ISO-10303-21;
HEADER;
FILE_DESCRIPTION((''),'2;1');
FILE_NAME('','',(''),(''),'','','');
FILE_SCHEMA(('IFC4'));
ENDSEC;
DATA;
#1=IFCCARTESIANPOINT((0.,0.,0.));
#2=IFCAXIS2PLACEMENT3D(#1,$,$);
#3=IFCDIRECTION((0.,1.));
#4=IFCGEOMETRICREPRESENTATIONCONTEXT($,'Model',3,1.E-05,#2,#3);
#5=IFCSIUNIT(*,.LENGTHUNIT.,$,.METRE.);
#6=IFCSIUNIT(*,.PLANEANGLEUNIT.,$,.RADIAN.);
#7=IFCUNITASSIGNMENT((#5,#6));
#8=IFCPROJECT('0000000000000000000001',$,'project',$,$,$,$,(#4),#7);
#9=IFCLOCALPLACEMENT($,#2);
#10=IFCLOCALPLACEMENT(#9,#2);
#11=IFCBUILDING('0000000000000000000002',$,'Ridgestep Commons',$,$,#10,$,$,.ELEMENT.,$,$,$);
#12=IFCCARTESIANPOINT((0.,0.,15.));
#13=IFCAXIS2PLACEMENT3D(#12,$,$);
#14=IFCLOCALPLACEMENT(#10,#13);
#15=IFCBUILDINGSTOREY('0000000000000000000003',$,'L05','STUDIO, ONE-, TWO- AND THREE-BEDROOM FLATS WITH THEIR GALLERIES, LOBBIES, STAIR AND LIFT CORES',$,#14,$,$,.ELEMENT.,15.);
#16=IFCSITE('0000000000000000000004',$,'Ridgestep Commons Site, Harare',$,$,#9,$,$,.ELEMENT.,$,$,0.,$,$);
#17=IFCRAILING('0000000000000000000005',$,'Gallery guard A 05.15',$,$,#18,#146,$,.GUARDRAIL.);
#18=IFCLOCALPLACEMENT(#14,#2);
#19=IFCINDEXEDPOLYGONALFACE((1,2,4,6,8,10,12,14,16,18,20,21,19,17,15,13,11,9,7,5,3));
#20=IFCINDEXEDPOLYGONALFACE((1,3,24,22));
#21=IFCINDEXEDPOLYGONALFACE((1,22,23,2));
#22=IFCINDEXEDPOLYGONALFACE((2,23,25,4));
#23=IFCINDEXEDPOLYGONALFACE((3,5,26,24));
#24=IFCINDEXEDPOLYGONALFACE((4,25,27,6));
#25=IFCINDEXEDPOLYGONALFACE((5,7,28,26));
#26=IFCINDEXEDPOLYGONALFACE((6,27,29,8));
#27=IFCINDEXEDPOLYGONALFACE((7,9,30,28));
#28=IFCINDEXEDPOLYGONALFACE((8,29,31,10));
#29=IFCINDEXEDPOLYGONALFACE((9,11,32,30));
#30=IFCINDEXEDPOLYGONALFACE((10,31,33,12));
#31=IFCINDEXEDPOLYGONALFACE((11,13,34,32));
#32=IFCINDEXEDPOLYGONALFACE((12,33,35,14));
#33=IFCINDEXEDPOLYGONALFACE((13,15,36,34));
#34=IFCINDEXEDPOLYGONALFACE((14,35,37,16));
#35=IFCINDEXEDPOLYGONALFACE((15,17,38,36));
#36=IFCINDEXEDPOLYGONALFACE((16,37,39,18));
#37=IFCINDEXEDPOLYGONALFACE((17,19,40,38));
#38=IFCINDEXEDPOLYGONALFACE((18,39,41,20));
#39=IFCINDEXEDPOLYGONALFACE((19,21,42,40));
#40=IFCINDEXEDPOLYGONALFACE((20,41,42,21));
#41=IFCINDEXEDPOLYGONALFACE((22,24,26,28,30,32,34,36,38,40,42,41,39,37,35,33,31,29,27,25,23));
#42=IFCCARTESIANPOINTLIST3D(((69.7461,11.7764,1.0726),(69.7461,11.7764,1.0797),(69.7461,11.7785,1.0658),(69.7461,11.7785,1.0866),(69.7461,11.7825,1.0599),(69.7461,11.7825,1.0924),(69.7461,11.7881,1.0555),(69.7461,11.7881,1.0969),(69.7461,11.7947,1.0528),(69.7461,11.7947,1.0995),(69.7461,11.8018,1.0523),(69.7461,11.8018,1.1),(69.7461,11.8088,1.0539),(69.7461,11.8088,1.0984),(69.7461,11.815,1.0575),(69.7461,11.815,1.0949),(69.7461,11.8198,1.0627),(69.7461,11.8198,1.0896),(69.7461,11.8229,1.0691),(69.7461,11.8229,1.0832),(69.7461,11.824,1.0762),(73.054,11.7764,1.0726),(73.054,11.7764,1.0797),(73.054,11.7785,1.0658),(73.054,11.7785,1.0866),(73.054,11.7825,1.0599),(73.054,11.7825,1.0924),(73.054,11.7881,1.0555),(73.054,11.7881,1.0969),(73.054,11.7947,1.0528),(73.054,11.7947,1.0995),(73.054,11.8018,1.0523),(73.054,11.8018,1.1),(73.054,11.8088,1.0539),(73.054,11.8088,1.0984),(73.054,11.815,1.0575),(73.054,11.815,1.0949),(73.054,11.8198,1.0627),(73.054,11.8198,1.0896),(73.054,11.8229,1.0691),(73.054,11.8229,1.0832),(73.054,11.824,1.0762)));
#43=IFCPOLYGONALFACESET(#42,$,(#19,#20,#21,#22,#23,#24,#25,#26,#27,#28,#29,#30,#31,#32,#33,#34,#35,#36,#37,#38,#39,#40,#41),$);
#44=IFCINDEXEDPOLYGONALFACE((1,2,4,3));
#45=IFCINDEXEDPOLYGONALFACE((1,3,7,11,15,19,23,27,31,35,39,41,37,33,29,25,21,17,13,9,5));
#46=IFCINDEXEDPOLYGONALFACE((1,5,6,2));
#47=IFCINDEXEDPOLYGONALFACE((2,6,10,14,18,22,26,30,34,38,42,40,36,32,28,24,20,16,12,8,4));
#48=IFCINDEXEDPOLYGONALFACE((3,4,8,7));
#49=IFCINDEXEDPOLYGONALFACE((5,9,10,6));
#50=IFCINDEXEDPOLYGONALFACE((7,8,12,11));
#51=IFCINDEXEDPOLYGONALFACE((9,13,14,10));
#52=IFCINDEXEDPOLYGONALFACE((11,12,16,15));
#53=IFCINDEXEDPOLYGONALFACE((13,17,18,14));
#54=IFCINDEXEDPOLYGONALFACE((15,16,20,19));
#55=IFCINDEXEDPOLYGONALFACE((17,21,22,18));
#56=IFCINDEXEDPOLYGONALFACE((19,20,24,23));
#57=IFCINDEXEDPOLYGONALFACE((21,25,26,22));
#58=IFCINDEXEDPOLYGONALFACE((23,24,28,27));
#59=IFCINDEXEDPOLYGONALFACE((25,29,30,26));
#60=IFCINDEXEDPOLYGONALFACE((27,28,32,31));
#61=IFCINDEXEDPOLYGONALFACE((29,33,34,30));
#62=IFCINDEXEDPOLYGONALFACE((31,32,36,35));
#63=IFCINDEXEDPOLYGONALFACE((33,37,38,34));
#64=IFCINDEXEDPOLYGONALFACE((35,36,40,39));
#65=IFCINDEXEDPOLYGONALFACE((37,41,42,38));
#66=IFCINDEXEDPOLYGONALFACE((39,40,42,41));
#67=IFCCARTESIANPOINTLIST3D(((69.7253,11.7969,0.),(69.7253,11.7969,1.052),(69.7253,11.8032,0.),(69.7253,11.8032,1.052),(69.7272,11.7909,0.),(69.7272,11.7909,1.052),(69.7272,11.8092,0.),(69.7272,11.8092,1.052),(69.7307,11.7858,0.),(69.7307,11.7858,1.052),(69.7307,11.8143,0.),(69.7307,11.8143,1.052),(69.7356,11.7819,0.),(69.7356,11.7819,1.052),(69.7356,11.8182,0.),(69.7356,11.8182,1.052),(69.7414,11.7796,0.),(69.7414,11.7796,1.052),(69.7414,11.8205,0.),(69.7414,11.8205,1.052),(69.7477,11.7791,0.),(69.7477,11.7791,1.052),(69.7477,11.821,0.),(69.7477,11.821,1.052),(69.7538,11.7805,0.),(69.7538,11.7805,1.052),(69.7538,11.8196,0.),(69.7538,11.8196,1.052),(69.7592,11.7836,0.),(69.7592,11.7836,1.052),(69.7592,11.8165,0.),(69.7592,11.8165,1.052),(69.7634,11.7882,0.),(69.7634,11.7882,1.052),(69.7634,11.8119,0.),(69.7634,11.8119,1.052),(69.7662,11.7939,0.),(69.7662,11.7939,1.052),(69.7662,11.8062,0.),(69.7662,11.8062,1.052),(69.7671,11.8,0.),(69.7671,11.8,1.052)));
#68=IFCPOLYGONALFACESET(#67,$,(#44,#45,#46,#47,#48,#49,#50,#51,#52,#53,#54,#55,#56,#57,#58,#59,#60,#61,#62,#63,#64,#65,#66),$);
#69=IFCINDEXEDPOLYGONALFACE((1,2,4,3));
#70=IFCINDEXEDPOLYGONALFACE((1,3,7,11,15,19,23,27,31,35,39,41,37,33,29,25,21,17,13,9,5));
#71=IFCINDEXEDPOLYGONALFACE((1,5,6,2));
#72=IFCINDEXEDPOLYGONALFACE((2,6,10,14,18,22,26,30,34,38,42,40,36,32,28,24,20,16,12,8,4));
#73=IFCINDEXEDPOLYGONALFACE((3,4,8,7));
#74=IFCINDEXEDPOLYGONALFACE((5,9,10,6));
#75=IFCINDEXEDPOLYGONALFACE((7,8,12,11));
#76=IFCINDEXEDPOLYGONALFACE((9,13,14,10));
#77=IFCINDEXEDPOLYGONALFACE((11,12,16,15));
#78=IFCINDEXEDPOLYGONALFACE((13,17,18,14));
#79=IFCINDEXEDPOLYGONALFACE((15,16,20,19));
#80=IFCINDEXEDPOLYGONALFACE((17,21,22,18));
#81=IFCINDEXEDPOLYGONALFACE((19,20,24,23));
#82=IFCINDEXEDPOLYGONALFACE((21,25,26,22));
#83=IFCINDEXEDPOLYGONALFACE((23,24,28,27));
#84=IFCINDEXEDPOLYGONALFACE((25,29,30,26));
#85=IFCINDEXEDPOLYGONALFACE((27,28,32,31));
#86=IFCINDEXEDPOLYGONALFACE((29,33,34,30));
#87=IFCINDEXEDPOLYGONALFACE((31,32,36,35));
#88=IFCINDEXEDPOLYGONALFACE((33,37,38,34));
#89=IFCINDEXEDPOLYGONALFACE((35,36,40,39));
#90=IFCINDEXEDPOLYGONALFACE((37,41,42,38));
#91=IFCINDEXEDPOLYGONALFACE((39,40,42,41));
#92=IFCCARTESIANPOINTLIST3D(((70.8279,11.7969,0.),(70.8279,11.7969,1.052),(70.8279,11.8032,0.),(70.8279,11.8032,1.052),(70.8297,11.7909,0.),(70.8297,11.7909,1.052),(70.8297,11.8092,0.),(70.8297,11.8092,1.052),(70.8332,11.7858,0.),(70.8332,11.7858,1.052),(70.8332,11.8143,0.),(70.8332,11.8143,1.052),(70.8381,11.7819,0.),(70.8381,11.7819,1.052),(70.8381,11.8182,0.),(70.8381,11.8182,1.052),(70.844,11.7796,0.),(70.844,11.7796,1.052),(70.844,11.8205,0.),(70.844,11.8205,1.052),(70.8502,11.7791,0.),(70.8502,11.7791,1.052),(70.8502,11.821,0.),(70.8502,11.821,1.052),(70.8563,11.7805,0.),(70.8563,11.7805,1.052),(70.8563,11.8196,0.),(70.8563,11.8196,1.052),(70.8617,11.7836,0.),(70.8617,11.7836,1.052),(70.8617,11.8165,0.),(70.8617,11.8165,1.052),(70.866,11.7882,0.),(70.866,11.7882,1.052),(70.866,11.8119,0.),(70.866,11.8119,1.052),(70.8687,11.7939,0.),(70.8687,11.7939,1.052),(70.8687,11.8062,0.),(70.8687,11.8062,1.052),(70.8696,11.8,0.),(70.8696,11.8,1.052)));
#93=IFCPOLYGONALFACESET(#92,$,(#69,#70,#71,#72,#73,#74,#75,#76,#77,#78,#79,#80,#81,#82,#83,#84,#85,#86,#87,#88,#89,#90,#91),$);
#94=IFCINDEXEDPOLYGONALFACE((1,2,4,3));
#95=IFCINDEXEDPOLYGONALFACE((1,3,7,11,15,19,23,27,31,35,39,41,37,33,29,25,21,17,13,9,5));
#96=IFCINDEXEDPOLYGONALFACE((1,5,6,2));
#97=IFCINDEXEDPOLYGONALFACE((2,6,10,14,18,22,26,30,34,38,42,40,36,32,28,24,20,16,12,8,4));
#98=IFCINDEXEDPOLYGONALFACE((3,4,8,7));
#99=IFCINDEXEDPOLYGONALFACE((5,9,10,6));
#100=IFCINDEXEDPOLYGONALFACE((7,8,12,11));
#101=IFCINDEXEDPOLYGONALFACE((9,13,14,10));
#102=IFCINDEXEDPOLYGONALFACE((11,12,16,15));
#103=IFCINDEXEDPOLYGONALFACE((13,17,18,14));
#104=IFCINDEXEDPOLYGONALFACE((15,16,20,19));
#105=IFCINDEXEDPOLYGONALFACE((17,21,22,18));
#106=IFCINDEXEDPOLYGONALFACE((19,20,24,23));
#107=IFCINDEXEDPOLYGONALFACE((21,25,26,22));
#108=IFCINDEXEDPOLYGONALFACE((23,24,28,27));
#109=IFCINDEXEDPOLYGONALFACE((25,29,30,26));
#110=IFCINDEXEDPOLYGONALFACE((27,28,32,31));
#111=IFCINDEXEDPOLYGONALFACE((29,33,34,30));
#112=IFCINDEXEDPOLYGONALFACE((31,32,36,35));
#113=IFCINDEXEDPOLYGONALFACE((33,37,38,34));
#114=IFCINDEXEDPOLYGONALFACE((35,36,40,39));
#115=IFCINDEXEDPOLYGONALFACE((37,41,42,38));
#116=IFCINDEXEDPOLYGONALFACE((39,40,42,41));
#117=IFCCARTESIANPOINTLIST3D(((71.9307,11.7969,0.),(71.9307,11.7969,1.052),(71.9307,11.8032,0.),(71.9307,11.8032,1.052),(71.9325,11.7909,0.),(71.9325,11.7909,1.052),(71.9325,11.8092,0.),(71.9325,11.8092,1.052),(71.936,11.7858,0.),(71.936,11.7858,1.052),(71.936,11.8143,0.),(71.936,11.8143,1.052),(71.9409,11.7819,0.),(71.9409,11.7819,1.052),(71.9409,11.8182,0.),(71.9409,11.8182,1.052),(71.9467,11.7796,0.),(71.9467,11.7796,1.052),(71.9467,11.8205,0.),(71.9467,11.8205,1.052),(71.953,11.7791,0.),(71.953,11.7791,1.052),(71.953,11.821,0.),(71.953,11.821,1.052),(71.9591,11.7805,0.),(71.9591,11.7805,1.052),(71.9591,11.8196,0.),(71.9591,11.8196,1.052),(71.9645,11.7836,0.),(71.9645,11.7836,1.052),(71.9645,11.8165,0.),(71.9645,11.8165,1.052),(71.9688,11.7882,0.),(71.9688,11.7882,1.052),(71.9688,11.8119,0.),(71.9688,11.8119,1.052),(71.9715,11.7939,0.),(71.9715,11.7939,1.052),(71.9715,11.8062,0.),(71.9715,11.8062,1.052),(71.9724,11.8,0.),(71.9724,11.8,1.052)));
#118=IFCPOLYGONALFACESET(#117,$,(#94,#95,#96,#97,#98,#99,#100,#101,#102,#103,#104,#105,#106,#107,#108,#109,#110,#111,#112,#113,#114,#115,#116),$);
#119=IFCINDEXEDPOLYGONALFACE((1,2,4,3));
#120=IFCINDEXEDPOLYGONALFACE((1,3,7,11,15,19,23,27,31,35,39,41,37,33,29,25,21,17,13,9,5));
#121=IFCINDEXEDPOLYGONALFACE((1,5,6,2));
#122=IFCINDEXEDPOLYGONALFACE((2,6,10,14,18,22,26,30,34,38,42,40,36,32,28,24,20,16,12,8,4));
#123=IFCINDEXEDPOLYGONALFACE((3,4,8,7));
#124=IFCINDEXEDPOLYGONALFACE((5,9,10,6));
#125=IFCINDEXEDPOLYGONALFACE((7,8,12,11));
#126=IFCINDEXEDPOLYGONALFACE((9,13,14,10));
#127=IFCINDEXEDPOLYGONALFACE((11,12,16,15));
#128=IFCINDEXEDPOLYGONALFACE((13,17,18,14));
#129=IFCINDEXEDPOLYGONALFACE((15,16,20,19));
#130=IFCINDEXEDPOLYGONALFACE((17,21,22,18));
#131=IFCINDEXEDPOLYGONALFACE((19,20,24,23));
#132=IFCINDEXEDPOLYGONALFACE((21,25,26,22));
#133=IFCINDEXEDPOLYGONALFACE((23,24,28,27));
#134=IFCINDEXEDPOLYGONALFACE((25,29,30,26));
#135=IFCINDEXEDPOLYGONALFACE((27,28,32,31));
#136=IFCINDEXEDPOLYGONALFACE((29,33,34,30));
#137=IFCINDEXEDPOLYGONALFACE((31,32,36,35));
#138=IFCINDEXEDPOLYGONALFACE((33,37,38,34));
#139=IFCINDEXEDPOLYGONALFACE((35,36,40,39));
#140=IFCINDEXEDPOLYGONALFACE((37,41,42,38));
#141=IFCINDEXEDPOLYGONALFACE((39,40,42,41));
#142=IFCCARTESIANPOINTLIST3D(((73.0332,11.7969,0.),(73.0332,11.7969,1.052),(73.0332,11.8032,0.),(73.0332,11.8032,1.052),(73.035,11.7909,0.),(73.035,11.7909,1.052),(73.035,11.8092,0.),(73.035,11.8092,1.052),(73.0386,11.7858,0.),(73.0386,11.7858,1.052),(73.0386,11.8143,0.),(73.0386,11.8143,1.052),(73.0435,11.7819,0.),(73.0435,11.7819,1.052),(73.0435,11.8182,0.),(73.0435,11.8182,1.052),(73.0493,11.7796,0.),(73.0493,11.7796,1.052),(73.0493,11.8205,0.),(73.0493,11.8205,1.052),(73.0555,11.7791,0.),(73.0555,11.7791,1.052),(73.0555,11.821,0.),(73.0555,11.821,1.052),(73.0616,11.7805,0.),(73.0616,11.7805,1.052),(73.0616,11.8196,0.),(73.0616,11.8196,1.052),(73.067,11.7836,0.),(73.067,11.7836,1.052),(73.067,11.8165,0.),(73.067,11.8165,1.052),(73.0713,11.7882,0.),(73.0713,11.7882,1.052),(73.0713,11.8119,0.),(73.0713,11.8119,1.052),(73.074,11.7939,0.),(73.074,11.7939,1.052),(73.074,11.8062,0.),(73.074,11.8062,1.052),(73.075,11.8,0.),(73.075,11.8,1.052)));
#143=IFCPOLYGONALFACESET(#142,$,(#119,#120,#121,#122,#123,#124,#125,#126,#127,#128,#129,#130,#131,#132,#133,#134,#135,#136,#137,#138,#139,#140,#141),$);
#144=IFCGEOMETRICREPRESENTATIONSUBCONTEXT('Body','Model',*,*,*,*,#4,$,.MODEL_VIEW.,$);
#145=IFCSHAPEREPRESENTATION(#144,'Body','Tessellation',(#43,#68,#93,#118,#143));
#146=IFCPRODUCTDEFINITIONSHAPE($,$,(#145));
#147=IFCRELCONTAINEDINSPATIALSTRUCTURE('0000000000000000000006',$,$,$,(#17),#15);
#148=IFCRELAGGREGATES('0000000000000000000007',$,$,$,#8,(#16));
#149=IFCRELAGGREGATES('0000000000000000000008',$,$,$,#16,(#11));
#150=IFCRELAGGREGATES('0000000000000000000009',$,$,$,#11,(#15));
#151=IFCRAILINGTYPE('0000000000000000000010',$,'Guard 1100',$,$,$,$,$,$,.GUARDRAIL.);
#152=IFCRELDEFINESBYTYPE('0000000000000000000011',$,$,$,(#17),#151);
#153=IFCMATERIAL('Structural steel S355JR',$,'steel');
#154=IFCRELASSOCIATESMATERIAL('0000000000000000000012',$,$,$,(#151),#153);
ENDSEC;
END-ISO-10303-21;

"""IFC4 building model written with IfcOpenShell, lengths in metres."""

from ifc_helpers import new_model, si_unit, direction, frame, origin, origin_2d, place, context, subcontext, project, spatial, circle, extrude, material, type_object, element, save


model = new_model("IFC4")

# Units and contexts
model_context = context("Model", 3, precision=1e-05, world=origin(), true_north=direction((0.0, 1.0)))
body_context = subcontext(model_context, "Body", "Model", "MODEL_VIEW")
ifc_project = project(units=[si_unit("LENGTHUNIT", "METRE"), si_unit("PLANEANGLEUNIT", "RADIAN")], contexts=[model_context])

# Site, building, storey
site_placement = place(None, origin())
site = spatial("IfcSite", under=ifc_project, at=site_placement, Name="Ridgestep Commons Site, Harare", CompositionType="ELEMENT", RefElevation=0.0)
building_placement = place(site_placement, origin())
building = spatial("IfcBuilding", under=site, at=building_placement, Name="Ridgestep Commons", CompositionType="ELEMENT")
storey_placement = place(building_placement, frame((0.0, 0.0, 15.0)))
storey = spatial("IfcBuildingStorey", under=building, at=storey_placement, Name="L05", Description="STUDIO, ONE-, TWO- AND THREE-BEDROOM FLATS WITH THEIR GALLERIES, LOBBIES, STAIR AND LIFT CORES", CompositionType="ELEMENT", Elevation=15.0)

# Railing
ifc_material_1 = material(Name="Structural steel S355JR", Category="steel")
railing_type = type_object("IfcRailingType", Name="Guard 1100", PredefinedType="GUARDRAIL", material=ifc_material_1)
railing_1_placement = place(storey_placement, frame((69.7461, 11.8, 0.0)))
element("IfcRailing", 1, at=railing_1_placement, inside=storey, type_object=railing_type, Name="Gallery guard A 05.15", PredefinedType="GUARDRAIL", context=body_context, shape_type="SweptSolid", body=[
    extrude(circle(Radius=0.0239, at=origin_2d()), frame((0.0, 0.0, 1.0762), z_axis=(1.0, 0.0, 0.0), x_axis=(0.0, 1.0, 0.0)), (0.0, 0.0, 1.0), 3.3079),
    extrude(circle(Radius=0.021, at=origin_2d()), origin(), (0.0, 0.0, 1.0), 1.052),
    extrude(circle(Radius=0.021, at=origin_2d()), frame((1.1025, 0.0, 0.0)), (0.0, 0.0, 1.0), 1.052),
    extrude(circle(Radius=0.021, at=origin_2d()), frame((2.2053, 0.0, 0.0)), (0.0, 0.0, 1.0), 1.052),
    extrude(circle(Radius=0.021, at=origin_2d()), frame((3.3079, 0.0, 0.0)), (0.0, 0.0, 1.0), 1.052),
])

save(model, "model.ifc")
